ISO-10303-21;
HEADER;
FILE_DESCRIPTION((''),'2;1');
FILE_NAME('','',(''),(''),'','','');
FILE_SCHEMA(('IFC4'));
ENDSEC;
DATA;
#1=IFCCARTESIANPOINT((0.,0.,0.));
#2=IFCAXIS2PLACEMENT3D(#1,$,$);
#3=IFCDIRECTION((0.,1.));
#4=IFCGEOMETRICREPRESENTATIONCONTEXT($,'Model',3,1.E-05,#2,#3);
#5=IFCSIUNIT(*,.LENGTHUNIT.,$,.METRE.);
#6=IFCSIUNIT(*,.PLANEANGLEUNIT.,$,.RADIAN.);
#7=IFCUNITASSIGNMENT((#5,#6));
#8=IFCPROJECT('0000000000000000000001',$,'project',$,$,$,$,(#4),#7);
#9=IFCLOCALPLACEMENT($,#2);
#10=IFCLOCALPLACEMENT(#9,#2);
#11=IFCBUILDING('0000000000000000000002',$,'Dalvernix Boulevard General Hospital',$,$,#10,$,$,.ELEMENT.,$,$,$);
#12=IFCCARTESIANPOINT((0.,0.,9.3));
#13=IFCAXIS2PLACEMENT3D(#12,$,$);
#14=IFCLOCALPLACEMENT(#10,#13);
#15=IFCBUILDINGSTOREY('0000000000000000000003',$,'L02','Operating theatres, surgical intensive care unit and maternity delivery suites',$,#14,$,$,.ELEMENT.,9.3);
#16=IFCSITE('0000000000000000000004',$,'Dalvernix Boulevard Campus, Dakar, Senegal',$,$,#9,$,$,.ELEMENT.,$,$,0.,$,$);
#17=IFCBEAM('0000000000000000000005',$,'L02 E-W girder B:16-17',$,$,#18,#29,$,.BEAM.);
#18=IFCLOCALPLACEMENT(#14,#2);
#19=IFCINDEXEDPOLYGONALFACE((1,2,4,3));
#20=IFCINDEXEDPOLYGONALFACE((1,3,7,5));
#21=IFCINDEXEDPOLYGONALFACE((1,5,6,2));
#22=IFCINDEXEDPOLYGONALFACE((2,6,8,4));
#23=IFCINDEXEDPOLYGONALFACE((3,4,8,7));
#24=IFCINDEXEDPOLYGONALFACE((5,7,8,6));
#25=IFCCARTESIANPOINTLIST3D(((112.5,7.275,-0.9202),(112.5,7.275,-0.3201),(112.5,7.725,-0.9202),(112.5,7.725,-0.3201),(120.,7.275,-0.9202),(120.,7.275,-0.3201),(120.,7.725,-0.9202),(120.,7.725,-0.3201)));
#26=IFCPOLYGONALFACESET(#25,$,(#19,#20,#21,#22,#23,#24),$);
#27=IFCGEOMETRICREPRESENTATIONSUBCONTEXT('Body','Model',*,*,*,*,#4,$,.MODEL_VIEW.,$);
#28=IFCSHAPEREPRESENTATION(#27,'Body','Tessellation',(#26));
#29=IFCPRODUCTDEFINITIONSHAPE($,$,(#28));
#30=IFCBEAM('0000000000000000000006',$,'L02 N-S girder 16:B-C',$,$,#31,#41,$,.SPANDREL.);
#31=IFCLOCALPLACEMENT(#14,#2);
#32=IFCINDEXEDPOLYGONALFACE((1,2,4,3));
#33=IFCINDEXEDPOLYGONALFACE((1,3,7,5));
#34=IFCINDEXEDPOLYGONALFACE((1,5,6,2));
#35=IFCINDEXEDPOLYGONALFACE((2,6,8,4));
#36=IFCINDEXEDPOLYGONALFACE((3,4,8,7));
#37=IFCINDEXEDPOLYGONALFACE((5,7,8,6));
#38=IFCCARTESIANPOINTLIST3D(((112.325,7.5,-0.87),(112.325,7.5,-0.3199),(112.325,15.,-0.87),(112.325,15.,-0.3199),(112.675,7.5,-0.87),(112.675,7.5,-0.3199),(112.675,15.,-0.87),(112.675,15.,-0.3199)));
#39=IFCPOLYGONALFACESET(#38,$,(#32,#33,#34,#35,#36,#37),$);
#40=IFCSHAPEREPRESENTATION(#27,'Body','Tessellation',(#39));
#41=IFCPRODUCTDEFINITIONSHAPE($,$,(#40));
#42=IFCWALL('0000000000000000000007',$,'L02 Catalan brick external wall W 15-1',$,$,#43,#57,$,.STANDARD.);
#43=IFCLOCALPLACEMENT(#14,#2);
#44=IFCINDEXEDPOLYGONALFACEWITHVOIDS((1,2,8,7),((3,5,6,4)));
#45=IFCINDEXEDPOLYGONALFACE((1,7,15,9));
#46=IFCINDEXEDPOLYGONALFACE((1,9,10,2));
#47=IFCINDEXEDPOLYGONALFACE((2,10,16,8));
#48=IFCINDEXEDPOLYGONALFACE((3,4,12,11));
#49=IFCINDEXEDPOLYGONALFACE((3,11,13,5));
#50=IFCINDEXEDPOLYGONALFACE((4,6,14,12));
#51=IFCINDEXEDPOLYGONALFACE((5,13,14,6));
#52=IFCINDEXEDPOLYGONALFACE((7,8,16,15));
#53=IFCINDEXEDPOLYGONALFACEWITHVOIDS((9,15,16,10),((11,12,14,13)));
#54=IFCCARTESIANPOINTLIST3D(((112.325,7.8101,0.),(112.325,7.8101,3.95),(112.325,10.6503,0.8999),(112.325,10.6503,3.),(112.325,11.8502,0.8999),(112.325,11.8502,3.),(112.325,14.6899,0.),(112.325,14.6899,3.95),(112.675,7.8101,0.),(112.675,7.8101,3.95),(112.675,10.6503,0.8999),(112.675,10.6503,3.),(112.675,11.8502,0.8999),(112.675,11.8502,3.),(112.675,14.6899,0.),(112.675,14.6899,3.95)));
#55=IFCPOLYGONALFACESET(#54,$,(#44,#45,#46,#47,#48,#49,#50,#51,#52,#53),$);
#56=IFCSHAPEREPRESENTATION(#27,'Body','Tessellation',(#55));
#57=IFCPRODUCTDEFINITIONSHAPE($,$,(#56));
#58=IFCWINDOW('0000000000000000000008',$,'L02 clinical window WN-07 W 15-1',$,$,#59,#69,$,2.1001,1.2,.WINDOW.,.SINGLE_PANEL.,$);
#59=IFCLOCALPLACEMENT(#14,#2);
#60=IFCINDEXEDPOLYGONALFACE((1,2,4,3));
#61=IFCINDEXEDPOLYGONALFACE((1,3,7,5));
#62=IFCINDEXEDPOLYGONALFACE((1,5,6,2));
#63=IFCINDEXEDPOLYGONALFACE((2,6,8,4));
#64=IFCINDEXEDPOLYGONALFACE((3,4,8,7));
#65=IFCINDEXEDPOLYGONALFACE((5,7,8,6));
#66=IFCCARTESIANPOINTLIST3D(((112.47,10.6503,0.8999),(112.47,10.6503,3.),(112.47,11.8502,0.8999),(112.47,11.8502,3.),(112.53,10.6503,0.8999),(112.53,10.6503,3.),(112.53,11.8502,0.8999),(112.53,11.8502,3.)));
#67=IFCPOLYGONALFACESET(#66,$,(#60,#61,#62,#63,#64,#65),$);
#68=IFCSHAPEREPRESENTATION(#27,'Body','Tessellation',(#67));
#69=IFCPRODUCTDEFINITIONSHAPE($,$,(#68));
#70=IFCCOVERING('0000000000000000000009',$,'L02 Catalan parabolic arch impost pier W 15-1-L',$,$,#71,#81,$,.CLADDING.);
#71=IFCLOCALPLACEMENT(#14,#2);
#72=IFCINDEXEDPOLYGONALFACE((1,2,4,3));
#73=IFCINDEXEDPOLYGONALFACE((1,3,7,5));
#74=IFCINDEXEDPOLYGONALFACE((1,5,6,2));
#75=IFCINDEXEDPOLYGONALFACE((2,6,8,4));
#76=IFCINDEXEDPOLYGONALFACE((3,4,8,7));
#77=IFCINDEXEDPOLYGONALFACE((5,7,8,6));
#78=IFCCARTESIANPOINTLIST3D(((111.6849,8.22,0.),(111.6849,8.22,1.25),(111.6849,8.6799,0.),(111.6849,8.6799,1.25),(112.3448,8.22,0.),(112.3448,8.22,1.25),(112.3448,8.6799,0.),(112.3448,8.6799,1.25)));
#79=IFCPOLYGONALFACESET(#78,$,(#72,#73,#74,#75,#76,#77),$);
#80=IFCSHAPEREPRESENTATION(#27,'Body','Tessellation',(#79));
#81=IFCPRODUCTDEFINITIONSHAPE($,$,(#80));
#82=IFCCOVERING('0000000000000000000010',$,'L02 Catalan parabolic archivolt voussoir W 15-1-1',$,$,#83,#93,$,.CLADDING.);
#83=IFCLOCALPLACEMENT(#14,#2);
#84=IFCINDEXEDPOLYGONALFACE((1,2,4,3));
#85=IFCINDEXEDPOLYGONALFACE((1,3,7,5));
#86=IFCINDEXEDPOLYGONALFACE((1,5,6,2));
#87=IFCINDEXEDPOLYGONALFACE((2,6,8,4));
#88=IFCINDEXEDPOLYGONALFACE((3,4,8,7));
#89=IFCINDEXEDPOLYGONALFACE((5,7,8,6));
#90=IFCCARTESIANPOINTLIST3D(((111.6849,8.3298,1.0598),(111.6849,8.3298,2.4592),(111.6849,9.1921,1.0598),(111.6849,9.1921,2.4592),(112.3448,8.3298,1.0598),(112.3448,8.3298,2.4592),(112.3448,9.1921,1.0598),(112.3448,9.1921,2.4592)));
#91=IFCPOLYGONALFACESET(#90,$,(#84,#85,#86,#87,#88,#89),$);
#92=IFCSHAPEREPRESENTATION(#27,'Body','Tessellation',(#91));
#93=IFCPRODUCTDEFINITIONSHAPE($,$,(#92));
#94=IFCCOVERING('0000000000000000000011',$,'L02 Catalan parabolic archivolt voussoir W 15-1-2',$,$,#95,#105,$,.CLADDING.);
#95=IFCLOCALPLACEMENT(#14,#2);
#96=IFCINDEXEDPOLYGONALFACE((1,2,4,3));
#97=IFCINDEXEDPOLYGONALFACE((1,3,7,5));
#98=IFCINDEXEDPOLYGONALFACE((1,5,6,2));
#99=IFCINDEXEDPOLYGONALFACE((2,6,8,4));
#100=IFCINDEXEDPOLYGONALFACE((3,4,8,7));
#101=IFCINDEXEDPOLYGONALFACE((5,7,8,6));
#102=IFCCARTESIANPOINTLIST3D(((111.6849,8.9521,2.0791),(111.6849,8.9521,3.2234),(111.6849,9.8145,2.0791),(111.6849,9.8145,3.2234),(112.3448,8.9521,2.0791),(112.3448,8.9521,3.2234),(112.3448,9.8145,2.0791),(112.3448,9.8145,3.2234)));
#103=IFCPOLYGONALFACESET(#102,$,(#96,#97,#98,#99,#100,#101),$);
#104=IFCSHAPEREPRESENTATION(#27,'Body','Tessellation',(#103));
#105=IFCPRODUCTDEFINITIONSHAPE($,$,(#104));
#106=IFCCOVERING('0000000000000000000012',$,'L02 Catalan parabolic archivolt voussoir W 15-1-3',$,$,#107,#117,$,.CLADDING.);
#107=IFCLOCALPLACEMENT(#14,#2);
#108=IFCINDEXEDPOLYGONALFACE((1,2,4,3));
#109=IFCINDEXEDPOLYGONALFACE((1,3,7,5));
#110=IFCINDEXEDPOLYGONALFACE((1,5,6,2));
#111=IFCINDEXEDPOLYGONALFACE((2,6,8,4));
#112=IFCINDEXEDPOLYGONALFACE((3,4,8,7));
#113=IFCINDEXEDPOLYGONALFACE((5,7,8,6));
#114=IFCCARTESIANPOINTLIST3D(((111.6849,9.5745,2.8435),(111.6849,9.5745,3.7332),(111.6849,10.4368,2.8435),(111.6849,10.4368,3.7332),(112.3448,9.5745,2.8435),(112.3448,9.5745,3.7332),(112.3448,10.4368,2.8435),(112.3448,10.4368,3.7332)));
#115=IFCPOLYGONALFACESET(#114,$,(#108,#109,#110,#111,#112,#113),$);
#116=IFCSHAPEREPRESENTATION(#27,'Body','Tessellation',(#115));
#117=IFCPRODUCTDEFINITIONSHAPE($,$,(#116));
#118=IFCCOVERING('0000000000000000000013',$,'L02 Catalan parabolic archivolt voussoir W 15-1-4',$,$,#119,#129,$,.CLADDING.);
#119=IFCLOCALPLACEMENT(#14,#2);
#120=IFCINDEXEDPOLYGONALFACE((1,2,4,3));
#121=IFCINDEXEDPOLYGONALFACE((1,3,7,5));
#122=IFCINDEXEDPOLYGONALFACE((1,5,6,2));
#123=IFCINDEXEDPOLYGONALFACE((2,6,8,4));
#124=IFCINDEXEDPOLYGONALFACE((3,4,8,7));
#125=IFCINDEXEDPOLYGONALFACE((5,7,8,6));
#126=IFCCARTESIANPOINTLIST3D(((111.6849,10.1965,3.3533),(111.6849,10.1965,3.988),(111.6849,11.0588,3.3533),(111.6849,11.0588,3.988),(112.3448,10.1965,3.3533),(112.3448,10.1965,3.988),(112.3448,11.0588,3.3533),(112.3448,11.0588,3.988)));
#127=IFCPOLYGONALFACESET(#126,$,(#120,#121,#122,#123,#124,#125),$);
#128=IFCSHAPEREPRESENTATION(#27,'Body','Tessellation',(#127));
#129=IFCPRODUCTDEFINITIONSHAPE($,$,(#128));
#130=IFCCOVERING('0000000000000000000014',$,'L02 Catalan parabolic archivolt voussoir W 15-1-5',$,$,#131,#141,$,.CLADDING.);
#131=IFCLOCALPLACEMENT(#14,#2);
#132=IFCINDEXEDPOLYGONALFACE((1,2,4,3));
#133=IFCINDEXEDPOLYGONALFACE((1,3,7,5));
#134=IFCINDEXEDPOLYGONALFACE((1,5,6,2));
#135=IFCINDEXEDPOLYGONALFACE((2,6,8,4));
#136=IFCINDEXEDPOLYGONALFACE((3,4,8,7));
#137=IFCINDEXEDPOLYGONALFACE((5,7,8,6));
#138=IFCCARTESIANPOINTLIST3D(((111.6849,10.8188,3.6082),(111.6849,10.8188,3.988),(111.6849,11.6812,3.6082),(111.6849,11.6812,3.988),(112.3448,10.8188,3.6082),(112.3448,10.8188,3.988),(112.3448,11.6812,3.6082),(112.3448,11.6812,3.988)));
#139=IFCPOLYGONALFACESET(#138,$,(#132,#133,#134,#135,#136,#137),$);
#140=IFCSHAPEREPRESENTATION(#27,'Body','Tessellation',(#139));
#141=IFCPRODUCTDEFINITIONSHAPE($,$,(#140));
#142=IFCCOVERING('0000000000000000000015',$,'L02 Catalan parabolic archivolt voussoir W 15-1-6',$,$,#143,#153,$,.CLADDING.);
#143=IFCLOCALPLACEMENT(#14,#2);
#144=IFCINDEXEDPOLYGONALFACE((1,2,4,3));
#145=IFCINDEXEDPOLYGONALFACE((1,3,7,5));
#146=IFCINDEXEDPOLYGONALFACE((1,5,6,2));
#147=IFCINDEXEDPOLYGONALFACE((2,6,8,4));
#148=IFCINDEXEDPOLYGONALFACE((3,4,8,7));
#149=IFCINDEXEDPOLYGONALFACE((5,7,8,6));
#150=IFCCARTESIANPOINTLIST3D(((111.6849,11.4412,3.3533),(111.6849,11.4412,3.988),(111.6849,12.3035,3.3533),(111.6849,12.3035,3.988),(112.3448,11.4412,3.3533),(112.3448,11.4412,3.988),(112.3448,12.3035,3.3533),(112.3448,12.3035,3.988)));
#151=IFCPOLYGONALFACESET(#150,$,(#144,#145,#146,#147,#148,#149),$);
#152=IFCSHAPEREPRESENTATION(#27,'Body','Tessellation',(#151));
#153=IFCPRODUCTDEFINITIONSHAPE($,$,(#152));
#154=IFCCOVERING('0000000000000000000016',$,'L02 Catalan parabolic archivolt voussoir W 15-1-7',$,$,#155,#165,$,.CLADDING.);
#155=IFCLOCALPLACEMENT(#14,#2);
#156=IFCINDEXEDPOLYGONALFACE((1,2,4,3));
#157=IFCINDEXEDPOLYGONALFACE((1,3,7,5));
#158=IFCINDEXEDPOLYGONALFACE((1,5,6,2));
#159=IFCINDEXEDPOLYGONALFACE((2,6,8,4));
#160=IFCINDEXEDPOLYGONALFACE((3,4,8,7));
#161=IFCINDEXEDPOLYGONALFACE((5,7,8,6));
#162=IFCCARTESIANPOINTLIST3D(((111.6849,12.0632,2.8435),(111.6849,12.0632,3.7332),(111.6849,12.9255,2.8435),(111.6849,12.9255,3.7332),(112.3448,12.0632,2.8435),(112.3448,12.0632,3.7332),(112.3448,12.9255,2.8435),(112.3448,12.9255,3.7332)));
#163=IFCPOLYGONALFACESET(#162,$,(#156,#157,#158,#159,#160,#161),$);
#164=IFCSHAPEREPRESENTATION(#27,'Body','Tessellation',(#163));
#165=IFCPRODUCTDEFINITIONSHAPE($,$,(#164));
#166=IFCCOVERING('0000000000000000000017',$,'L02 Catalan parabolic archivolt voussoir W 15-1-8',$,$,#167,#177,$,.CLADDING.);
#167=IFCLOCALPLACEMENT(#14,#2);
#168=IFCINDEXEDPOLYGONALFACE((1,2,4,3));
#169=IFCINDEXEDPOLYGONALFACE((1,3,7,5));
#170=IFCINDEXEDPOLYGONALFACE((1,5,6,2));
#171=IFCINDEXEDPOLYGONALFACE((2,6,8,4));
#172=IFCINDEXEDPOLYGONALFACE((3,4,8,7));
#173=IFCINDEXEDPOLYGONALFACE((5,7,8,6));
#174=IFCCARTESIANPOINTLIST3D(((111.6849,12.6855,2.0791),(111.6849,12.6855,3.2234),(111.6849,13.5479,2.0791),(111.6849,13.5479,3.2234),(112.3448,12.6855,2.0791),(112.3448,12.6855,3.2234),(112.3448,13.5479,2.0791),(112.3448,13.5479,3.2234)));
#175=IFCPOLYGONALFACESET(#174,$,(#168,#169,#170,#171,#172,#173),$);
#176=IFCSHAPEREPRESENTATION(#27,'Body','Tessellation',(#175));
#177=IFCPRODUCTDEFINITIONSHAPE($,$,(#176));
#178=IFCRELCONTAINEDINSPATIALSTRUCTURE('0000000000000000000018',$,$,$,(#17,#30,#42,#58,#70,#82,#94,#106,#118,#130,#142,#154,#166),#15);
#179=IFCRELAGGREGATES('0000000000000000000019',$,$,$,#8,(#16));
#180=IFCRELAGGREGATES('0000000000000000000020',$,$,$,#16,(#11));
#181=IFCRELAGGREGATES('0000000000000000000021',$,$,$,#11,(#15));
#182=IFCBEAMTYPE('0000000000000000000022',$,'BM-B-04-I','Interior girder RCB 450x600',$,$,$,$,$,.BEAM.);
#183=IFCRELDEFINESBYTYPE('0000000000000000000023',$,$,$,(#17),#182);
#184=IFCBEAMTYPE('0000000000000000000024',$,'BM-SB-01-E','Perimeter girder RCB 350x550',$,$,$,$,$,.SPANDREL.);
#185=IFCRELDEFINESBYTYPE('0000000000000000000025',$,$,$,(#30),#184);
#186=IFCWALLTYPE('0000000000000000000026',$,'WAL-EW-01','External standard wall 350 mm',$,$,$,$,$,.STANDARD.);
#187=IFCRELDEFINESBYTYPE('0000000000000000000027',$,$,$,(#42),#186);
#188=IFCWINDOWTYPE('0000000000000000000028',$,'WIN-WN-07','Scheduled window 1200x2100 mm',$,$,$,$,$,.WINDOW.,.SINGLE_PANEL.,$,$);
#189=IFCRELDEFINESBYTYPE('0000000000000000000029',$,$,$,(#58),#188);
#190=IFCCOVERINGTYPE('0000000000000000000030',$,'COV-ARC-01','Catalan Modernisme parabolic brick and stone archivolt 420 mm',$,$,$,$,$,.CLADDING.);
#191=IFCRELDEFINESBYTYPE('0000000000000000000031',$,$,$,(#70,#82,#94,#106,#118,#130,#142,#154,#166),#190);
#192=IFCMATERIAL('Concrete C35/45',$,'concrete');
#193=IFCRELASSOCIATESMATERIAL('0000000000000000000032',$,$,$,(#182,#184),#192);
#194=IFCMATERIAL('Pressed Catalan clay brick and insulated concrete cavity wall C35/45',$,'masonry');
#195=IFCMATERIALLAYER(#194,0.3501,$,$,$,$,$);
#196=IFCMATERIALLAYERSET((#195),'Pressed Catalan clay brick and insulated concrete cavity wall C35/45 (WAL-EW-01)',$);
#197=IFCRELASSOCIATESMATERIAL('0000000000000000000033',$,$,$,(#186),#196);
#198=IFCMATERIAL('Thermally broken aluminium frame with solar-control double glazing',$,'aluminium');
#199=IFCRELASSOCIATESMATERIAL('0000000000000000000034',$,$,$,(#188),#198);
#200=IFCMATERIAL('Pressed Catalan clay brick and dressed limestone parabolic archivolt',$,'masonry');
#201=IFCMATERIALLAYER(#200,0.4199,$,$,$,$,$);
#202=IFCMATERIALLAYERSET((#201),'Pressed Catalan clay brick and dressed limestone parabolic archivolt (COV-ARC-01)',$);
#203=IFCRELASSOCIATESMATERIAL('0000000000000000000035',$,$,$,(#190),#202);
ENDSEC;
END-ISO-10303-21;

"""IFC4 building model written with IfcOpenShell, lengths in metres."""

from ifc_helpers import new_model, si_unit, direction, frame, frame_2d, origin, origin_2d, place, context, subcontext, project, spatial, rectangle, extrude, material, layer, layer_set, material_profile, profile_set, type_object, element, fill, save


model = new_model("IFC4")

# Units and contexts
model_context = context("Model", 3, precision=1e-05, world=origin(), true_north=direction((0.0, 1.0)))
body_context = subcontext(model_context, "Body", "Model", "MODEL_VIEW")
ifc_project = project(units=[si_unit("LENGTHUNIT", "METRE"), si_unit("PLANEANGLEUNIT", "RADIAN")], contexts=[model_context])

# Site, building, storey
site_placement = place(None, origin())
site = spatial("IfcSite", under=ifc_project, at=site_placement, Name="Dalvernix Boulevard Campus, Dakar, Senegal", CompositionType="ELEMENT", RefElevation=0.0)
building_placement = place(site_placement, origin())
building = spatial("IfcBuilding", under=site, at=building_placement, Name="Dalvernix Boulevard General Hospital", CompositionType="ELEMENT")
storey_placement = place(building_placement, frame((0.0, 0.0, 9.3)))
storey = spatial("IfcBuildingStorey", under=building, at=storey_placement, Name="L02", Description="Operating theatres, surgical intensive care unit and maternity delivery suites", CompositionType="ELEMENT", Elevation=9.3)

# Beams
ifc_material_1 = material(Name="Concrete C35/45", Category="concrete")
ifc_material_profile_1 = material_profile(ifc_material_1, rectangle(XDim=0.45, YDim=0.6001, at=origin_2d()), Name="RCB 450x600")
ifc_profile_set_1 = profile_set([ifc_material_profile_1], Name="Concrete C35/45")
beam_type_1 = type_object("IfcBeamType", Name="BM-B-04-I", Description="Interior girder RCB 450x600", PredefinedType="BEAM", material=ifc_profile_set_1)
beam_1_placement = place(storey_placement, frame((112.5, 7.5, -0.6201), z_axis=(1.0, 0.0, 0.0), x_axis=(0.0, 1.0, 0.0)))
element("IfcBeam", 1, at=beam_1_placement, inside=storey, type_object=beam_type_1, Name="L02 E-W girder B:16-17", PredefinedType="BEAM", context=body_context, shape_type="SweptSolid", body=[
    extrude(rectangle(XDim=0.45, YDim=0.6001, at=origin_2d()), origin(), (0.0, 0.0, 1.0), 7.5),
])
ifc_material_profile_2 = material_profile(ifc_material_1, rectangle(XDim=0.3501, YDim=0.55, at=origin_2d()), Name="RCB 350x550")
ifc_profile_set_2 = profile_set([ifc_material_profile_2], Name="Concrete C35/45")
beam_type_2 = type_object("IfcBeamType", Name="BM-SB-01-E", Description="Perimeter girder RCB 350x550", PredefinedType="SPANDREL", material=ifc_profile_set_2)
beam_2_placement = place(storey_placement, frame((112.5, 7.5, -0.595), z_axis=(0.0, 1.0, 0.0), x_axis=(-1.0, 0.0, 0.0)))
element("IfcBeam", 2, at=beam_2_placement, inside=storey, type_object=beam_type_2, Name="L02 N-S girder 16:B-C", PredefinedType="SPANDREL", context=body_context, shape_type="SweptSolid", body=[
    extrude(rectangle(XDim=0.3501, YDim=0.55, at=origin_2d()), origin(), (0.0, 0.0, 1.0), 7.5),
])

# Wall, opening, window
ifc_material_2 = material(Name="Pressed Catalan clay brick and insulated concrete cavity wall C35/45", Category="masonry")
ifc_layer_1 = layer(ifc_material_2, 0.3501)
ifc_layer_set_1 = layer_set([ifc_layer_1], Name="Pressed Catalan clay brick and insulated concrete cavity wall C35/45 (WAL-EW-01)")
wall_type = type_object("IfcWallType", Name="WAL-EW-01", Description="External standard wall 350 mm", PredefinedType="STANDARD", material=ifc_layer_set_1)
wall_placement = place(storey_placement, frame((112.5, 7.8101, 0.0), z_axis=(0.0, 0.0, 1.0), x_axis=(0.0, 1.0, 0.0)))
wall = element("IfcWall", 3, at=wall_placement, inside=storey, type_object=wall_type, Name="L02 Catalan brick external wall W 15-1", PredefinedType="STANDARD", context=body_context, shape_type="SweptSolid", body=[
    extrude(rectangle(XDim=6.8799, YDim=0.3501, at=frame_2d((3.4399, 0.0))), origin(), (0.0, 0.0, 1.0), 3.95),
])
opening_placement = place(wall_placement, frame((2.8401, 0.0, 0.8999)))
opening = element("IfcOpeningElement", 4, at=opening_placement, cuts=wall, PredefinedType="OPENING", context=body_context, shape_type="SweptSolid", body=[
    extrude(rectangle(XDim=1.2, YDim=2.1001, at=frame_2d((0.6001, 1.05))), frame((0.0, 0.1851, 0.0), z_axis=(0.0, -1.0, 0.0), x_axis=(1.0, 0.0, 0.0)), (0.0, 0.0, 1.0), 0.3701),
])
ifc_material_3 = material(Name="Thermally broken aluminium frame with solar-control double glazing", Category="aluminium")
window_type = type_object("IfcWindowType", Name="WIN-WN-07", Description="Scheduled window 1200x2100 mm", PartitioningType="SINGLE_PANEL", PredefinedType="WINDOW", material=ifc_material_3)
window_placement = place(opening_placement, origin())
window = element("IfcWindow", 5, at=window_placement, inside=storey, type_object=window_type, Name="L02 clinical window WN-07 W 15-1", OverallHeight=2.1001, OverallWidth=1.2, PartitioningType="SINGLE_PANEL", PredefinedType="WINDOW", context=body_context, shape_type="SweptSolid", body=[
    extrude(rectangle(XDim=1.2, YDim=2.1001, at=frame_2d((0.6001, 1.05))), frame((0.0, 0.03, 0.0), z_axis=(0.0, -1.0, 0.0), x_axis=(1.0, 0.0, 0.0)), (0.0, 0.0, 1.0), 0.0601),
])
fill(opening, window)

# Coverings
ifc_material_4 = material(Name="Pressed Catalan clay brick and dressed limestone parabolic archivolt", Category="masonry")
ifc_layer_2 = layer(ifc_material_4, 0.4199)
ifc_layer_set_2 = layer_set([ifc_layer_2], Name="Pressed Catalan clay brick and dressed limestone parabolic archivolt (COV-ARC-01)")
covering_type_1 = type_object("IfcCoveringType", Name="COV-ARC-01", Description="Catalan Modernisme parabolic brick and stone archivolt 420 mm", PredefinedType="CLADDING", material=ifc_layer_set_2)
covering_1_placement = place(storey_placement, frame((112.0149, 8.45, 0.0), z_axis=(0.0, 0.0, 1.0), x_axis=(0.0, 1.0, 0.0)))
element("IfcCovering", 6, at=covering_1_placement, inside=storey, type_object=covering_type_1, Name="L02 Catalan parabolic arch impost pier W 15-1-L", PredefinedType="CLADDING", context=body_context, shape_type="SweptSolid", body=[
    extrude(rectangle(XDim=0.46, YDim=0.6599, at=origin_2d()), origin(), (0.0, 0.0, 1.0), 1.25),
])
covering_2_placement = place(storey_placement, frame((112.0149, 8.761, 1.0598), z_axis=(0.0, 0.0, 1.0), x_axis=(0.0, 1.0, 0.0)))
element("IfcCovering", 7, at=covering_2_placement, inside=storey, type_object=covering_type_1, Name="L02 Catalan parabolic archivolt voussoir W 15-1-1", PredefinedType="CLADDING", context=body_context, shape_type="SweptSolid", body=[
    extrude(rectangle(XDim=0.8623, YDim=0.6599, at=origin_2d()), origin(), (0.0, 0.0, 1.0), 1.3994),
])
covering_3_placement = place(storey_placement, frame((112.0149, 9.3833, 2.0791), z_axis=(0.0, 0.0, 1.0), x_axis=(0.0, 1.0, 0.0)))
element("IfcCovering", 8, at=covering_3_placement, inside=storey, type_object=covering_type_1, Name="L02 Catalan parabolic archivolt voussoir W 15-1-2", PredefinedType="CLADDING", context=body_context, shape_type="SweptSolid", body=[
    extrude(rectangle(XDim=0.8623, YDim=0.6599, at=origin_2d()), origin(), (0.0, 0.0, 1.0), 1.1443),
])
covering_4_placement = place(storey_placement, frame((112.0149, 10.0056, 2.8435), z_axis=(0.0, 0.0, 1.0), x_axis=(0.0, 1.0, 0.0)))
element("IfcCovering", 9, at=covering_4_placement, inside=storey, type_object=covering_type_1, Name="L02 Catalan parabolic archivolt voussoir W 15-1-3", PredefinedType="CLADDING", context=body_context, shape_type="SweptSolid", body=[
    extrude(rectangle(XDim=0.8623, YDim=0.6599, at=origin_2d()), origin(), (0.0, 0.0, 1.0), 0.8896),
])
covering_5_placement = place(storey_placement, frame((112.0149, 10.6277, 3.3533), z_axis=(0.0, 0.0, 1.0), x_axis=(0.0, 1.0, 0.0)))
element("IfcCovering", 10, at=covering_5_placement, inside=storey, type_object=covering_type_1, Name="L02 Catalan parabolic archivolt voussoir W 15-1-4", PredefinedType="CLADDING", context=body_context, shape_type="SweptSolid", body=[
    extrude(rectangle(XDim=0.8623, YDim=0.6599, at=origin_2d()), origin(), (0.0, 0.0, 1.0), 0.6348),
])
covering_6_placement = place(storey_placement, frame((112.0149, 11.25, 3.6082), z_axis=(0.0, 0.0, 1.0), x_axis=(0.0, 1.0, 0.0)))
element("IfcCovering", 11, at=covering_6_placement, inside=storey, type_object=covering_type_1, Name="L02 Catalan parabolic archivolt voussoir W 15-1-5", PredefinedType="CLADDING", context=body_context, shape_type="SweptSolid", body=[
    extrude(rectangle(XDim=0.8623, YDim=0.6599, at=origin_2d()), origin(), (0.0, 0.0, 1.0), 0.3799),
])
covering_7_placement = place(storey_placement, frame((112.0149, 11.8723, 3.3533), z_axis=(0.0, 0.0, 1.0), x_axis=(0.0, 1.0, 0.0)))
element("IfcCovering", 12, at=covering_7_placement, inside=storey, type_object=covering_type_1, Name="L02 Catalan parabolic archivolt voussoir W 15-1-6", PredefinedType="CLADDING", context=body_context, shape_type="SweptSolid", body=[
    extrude(rectangle(XDim=0.8623, YDim=0.6599, at=origin_2d()), origin(), (0.0, 0.0, 1.0), 0.6348),
])
covering_8_placement = place(storey_placement, frame((112.0149, 12.4944, 2.8435), z_axis=(0.0, 0.0, 1.0), x_axis=(0.0, 1.0, 0.0)))
element("IfcCovering", 13, at=covering_8_placement, inside=storey, type_object=covering_type_1, Name="L02 Catalan parabolic archivolt voussoir W 15-1-7", PredefinedType="CLADDING", context=body_context, shape_type="SweptSolid", body=[
    extrude(rectangle(XDim=0.8623, YDim=0.6599, at=origin_2d()), origin(), (0.0, 0.0, 1.0), 0.8896),
])
covering_9_placement = place(storey_placement, frame((112.0149, 13.1167, 2.0791), z_axis=(0.0, 0.0, 1.0), x_axis=(0.0, 1.0, 0.0)))
element("IfcCovering", 14, at=covering_9_placement, inside=storey, type_object=covering_type_1, Name="L02 Catalan parabolic archivolt voussoir W 15-1-8", PredefinedType="CLADDING", context=body_context, shape_type="SweptSolid", body=[
    extrude(rectangle(XDim=0.8623, YDim=0.6599, at=origin_2d()), origin(), (0.0, 0.0, 1.0), 1.1443),
])

save(model, "model.ifc")
